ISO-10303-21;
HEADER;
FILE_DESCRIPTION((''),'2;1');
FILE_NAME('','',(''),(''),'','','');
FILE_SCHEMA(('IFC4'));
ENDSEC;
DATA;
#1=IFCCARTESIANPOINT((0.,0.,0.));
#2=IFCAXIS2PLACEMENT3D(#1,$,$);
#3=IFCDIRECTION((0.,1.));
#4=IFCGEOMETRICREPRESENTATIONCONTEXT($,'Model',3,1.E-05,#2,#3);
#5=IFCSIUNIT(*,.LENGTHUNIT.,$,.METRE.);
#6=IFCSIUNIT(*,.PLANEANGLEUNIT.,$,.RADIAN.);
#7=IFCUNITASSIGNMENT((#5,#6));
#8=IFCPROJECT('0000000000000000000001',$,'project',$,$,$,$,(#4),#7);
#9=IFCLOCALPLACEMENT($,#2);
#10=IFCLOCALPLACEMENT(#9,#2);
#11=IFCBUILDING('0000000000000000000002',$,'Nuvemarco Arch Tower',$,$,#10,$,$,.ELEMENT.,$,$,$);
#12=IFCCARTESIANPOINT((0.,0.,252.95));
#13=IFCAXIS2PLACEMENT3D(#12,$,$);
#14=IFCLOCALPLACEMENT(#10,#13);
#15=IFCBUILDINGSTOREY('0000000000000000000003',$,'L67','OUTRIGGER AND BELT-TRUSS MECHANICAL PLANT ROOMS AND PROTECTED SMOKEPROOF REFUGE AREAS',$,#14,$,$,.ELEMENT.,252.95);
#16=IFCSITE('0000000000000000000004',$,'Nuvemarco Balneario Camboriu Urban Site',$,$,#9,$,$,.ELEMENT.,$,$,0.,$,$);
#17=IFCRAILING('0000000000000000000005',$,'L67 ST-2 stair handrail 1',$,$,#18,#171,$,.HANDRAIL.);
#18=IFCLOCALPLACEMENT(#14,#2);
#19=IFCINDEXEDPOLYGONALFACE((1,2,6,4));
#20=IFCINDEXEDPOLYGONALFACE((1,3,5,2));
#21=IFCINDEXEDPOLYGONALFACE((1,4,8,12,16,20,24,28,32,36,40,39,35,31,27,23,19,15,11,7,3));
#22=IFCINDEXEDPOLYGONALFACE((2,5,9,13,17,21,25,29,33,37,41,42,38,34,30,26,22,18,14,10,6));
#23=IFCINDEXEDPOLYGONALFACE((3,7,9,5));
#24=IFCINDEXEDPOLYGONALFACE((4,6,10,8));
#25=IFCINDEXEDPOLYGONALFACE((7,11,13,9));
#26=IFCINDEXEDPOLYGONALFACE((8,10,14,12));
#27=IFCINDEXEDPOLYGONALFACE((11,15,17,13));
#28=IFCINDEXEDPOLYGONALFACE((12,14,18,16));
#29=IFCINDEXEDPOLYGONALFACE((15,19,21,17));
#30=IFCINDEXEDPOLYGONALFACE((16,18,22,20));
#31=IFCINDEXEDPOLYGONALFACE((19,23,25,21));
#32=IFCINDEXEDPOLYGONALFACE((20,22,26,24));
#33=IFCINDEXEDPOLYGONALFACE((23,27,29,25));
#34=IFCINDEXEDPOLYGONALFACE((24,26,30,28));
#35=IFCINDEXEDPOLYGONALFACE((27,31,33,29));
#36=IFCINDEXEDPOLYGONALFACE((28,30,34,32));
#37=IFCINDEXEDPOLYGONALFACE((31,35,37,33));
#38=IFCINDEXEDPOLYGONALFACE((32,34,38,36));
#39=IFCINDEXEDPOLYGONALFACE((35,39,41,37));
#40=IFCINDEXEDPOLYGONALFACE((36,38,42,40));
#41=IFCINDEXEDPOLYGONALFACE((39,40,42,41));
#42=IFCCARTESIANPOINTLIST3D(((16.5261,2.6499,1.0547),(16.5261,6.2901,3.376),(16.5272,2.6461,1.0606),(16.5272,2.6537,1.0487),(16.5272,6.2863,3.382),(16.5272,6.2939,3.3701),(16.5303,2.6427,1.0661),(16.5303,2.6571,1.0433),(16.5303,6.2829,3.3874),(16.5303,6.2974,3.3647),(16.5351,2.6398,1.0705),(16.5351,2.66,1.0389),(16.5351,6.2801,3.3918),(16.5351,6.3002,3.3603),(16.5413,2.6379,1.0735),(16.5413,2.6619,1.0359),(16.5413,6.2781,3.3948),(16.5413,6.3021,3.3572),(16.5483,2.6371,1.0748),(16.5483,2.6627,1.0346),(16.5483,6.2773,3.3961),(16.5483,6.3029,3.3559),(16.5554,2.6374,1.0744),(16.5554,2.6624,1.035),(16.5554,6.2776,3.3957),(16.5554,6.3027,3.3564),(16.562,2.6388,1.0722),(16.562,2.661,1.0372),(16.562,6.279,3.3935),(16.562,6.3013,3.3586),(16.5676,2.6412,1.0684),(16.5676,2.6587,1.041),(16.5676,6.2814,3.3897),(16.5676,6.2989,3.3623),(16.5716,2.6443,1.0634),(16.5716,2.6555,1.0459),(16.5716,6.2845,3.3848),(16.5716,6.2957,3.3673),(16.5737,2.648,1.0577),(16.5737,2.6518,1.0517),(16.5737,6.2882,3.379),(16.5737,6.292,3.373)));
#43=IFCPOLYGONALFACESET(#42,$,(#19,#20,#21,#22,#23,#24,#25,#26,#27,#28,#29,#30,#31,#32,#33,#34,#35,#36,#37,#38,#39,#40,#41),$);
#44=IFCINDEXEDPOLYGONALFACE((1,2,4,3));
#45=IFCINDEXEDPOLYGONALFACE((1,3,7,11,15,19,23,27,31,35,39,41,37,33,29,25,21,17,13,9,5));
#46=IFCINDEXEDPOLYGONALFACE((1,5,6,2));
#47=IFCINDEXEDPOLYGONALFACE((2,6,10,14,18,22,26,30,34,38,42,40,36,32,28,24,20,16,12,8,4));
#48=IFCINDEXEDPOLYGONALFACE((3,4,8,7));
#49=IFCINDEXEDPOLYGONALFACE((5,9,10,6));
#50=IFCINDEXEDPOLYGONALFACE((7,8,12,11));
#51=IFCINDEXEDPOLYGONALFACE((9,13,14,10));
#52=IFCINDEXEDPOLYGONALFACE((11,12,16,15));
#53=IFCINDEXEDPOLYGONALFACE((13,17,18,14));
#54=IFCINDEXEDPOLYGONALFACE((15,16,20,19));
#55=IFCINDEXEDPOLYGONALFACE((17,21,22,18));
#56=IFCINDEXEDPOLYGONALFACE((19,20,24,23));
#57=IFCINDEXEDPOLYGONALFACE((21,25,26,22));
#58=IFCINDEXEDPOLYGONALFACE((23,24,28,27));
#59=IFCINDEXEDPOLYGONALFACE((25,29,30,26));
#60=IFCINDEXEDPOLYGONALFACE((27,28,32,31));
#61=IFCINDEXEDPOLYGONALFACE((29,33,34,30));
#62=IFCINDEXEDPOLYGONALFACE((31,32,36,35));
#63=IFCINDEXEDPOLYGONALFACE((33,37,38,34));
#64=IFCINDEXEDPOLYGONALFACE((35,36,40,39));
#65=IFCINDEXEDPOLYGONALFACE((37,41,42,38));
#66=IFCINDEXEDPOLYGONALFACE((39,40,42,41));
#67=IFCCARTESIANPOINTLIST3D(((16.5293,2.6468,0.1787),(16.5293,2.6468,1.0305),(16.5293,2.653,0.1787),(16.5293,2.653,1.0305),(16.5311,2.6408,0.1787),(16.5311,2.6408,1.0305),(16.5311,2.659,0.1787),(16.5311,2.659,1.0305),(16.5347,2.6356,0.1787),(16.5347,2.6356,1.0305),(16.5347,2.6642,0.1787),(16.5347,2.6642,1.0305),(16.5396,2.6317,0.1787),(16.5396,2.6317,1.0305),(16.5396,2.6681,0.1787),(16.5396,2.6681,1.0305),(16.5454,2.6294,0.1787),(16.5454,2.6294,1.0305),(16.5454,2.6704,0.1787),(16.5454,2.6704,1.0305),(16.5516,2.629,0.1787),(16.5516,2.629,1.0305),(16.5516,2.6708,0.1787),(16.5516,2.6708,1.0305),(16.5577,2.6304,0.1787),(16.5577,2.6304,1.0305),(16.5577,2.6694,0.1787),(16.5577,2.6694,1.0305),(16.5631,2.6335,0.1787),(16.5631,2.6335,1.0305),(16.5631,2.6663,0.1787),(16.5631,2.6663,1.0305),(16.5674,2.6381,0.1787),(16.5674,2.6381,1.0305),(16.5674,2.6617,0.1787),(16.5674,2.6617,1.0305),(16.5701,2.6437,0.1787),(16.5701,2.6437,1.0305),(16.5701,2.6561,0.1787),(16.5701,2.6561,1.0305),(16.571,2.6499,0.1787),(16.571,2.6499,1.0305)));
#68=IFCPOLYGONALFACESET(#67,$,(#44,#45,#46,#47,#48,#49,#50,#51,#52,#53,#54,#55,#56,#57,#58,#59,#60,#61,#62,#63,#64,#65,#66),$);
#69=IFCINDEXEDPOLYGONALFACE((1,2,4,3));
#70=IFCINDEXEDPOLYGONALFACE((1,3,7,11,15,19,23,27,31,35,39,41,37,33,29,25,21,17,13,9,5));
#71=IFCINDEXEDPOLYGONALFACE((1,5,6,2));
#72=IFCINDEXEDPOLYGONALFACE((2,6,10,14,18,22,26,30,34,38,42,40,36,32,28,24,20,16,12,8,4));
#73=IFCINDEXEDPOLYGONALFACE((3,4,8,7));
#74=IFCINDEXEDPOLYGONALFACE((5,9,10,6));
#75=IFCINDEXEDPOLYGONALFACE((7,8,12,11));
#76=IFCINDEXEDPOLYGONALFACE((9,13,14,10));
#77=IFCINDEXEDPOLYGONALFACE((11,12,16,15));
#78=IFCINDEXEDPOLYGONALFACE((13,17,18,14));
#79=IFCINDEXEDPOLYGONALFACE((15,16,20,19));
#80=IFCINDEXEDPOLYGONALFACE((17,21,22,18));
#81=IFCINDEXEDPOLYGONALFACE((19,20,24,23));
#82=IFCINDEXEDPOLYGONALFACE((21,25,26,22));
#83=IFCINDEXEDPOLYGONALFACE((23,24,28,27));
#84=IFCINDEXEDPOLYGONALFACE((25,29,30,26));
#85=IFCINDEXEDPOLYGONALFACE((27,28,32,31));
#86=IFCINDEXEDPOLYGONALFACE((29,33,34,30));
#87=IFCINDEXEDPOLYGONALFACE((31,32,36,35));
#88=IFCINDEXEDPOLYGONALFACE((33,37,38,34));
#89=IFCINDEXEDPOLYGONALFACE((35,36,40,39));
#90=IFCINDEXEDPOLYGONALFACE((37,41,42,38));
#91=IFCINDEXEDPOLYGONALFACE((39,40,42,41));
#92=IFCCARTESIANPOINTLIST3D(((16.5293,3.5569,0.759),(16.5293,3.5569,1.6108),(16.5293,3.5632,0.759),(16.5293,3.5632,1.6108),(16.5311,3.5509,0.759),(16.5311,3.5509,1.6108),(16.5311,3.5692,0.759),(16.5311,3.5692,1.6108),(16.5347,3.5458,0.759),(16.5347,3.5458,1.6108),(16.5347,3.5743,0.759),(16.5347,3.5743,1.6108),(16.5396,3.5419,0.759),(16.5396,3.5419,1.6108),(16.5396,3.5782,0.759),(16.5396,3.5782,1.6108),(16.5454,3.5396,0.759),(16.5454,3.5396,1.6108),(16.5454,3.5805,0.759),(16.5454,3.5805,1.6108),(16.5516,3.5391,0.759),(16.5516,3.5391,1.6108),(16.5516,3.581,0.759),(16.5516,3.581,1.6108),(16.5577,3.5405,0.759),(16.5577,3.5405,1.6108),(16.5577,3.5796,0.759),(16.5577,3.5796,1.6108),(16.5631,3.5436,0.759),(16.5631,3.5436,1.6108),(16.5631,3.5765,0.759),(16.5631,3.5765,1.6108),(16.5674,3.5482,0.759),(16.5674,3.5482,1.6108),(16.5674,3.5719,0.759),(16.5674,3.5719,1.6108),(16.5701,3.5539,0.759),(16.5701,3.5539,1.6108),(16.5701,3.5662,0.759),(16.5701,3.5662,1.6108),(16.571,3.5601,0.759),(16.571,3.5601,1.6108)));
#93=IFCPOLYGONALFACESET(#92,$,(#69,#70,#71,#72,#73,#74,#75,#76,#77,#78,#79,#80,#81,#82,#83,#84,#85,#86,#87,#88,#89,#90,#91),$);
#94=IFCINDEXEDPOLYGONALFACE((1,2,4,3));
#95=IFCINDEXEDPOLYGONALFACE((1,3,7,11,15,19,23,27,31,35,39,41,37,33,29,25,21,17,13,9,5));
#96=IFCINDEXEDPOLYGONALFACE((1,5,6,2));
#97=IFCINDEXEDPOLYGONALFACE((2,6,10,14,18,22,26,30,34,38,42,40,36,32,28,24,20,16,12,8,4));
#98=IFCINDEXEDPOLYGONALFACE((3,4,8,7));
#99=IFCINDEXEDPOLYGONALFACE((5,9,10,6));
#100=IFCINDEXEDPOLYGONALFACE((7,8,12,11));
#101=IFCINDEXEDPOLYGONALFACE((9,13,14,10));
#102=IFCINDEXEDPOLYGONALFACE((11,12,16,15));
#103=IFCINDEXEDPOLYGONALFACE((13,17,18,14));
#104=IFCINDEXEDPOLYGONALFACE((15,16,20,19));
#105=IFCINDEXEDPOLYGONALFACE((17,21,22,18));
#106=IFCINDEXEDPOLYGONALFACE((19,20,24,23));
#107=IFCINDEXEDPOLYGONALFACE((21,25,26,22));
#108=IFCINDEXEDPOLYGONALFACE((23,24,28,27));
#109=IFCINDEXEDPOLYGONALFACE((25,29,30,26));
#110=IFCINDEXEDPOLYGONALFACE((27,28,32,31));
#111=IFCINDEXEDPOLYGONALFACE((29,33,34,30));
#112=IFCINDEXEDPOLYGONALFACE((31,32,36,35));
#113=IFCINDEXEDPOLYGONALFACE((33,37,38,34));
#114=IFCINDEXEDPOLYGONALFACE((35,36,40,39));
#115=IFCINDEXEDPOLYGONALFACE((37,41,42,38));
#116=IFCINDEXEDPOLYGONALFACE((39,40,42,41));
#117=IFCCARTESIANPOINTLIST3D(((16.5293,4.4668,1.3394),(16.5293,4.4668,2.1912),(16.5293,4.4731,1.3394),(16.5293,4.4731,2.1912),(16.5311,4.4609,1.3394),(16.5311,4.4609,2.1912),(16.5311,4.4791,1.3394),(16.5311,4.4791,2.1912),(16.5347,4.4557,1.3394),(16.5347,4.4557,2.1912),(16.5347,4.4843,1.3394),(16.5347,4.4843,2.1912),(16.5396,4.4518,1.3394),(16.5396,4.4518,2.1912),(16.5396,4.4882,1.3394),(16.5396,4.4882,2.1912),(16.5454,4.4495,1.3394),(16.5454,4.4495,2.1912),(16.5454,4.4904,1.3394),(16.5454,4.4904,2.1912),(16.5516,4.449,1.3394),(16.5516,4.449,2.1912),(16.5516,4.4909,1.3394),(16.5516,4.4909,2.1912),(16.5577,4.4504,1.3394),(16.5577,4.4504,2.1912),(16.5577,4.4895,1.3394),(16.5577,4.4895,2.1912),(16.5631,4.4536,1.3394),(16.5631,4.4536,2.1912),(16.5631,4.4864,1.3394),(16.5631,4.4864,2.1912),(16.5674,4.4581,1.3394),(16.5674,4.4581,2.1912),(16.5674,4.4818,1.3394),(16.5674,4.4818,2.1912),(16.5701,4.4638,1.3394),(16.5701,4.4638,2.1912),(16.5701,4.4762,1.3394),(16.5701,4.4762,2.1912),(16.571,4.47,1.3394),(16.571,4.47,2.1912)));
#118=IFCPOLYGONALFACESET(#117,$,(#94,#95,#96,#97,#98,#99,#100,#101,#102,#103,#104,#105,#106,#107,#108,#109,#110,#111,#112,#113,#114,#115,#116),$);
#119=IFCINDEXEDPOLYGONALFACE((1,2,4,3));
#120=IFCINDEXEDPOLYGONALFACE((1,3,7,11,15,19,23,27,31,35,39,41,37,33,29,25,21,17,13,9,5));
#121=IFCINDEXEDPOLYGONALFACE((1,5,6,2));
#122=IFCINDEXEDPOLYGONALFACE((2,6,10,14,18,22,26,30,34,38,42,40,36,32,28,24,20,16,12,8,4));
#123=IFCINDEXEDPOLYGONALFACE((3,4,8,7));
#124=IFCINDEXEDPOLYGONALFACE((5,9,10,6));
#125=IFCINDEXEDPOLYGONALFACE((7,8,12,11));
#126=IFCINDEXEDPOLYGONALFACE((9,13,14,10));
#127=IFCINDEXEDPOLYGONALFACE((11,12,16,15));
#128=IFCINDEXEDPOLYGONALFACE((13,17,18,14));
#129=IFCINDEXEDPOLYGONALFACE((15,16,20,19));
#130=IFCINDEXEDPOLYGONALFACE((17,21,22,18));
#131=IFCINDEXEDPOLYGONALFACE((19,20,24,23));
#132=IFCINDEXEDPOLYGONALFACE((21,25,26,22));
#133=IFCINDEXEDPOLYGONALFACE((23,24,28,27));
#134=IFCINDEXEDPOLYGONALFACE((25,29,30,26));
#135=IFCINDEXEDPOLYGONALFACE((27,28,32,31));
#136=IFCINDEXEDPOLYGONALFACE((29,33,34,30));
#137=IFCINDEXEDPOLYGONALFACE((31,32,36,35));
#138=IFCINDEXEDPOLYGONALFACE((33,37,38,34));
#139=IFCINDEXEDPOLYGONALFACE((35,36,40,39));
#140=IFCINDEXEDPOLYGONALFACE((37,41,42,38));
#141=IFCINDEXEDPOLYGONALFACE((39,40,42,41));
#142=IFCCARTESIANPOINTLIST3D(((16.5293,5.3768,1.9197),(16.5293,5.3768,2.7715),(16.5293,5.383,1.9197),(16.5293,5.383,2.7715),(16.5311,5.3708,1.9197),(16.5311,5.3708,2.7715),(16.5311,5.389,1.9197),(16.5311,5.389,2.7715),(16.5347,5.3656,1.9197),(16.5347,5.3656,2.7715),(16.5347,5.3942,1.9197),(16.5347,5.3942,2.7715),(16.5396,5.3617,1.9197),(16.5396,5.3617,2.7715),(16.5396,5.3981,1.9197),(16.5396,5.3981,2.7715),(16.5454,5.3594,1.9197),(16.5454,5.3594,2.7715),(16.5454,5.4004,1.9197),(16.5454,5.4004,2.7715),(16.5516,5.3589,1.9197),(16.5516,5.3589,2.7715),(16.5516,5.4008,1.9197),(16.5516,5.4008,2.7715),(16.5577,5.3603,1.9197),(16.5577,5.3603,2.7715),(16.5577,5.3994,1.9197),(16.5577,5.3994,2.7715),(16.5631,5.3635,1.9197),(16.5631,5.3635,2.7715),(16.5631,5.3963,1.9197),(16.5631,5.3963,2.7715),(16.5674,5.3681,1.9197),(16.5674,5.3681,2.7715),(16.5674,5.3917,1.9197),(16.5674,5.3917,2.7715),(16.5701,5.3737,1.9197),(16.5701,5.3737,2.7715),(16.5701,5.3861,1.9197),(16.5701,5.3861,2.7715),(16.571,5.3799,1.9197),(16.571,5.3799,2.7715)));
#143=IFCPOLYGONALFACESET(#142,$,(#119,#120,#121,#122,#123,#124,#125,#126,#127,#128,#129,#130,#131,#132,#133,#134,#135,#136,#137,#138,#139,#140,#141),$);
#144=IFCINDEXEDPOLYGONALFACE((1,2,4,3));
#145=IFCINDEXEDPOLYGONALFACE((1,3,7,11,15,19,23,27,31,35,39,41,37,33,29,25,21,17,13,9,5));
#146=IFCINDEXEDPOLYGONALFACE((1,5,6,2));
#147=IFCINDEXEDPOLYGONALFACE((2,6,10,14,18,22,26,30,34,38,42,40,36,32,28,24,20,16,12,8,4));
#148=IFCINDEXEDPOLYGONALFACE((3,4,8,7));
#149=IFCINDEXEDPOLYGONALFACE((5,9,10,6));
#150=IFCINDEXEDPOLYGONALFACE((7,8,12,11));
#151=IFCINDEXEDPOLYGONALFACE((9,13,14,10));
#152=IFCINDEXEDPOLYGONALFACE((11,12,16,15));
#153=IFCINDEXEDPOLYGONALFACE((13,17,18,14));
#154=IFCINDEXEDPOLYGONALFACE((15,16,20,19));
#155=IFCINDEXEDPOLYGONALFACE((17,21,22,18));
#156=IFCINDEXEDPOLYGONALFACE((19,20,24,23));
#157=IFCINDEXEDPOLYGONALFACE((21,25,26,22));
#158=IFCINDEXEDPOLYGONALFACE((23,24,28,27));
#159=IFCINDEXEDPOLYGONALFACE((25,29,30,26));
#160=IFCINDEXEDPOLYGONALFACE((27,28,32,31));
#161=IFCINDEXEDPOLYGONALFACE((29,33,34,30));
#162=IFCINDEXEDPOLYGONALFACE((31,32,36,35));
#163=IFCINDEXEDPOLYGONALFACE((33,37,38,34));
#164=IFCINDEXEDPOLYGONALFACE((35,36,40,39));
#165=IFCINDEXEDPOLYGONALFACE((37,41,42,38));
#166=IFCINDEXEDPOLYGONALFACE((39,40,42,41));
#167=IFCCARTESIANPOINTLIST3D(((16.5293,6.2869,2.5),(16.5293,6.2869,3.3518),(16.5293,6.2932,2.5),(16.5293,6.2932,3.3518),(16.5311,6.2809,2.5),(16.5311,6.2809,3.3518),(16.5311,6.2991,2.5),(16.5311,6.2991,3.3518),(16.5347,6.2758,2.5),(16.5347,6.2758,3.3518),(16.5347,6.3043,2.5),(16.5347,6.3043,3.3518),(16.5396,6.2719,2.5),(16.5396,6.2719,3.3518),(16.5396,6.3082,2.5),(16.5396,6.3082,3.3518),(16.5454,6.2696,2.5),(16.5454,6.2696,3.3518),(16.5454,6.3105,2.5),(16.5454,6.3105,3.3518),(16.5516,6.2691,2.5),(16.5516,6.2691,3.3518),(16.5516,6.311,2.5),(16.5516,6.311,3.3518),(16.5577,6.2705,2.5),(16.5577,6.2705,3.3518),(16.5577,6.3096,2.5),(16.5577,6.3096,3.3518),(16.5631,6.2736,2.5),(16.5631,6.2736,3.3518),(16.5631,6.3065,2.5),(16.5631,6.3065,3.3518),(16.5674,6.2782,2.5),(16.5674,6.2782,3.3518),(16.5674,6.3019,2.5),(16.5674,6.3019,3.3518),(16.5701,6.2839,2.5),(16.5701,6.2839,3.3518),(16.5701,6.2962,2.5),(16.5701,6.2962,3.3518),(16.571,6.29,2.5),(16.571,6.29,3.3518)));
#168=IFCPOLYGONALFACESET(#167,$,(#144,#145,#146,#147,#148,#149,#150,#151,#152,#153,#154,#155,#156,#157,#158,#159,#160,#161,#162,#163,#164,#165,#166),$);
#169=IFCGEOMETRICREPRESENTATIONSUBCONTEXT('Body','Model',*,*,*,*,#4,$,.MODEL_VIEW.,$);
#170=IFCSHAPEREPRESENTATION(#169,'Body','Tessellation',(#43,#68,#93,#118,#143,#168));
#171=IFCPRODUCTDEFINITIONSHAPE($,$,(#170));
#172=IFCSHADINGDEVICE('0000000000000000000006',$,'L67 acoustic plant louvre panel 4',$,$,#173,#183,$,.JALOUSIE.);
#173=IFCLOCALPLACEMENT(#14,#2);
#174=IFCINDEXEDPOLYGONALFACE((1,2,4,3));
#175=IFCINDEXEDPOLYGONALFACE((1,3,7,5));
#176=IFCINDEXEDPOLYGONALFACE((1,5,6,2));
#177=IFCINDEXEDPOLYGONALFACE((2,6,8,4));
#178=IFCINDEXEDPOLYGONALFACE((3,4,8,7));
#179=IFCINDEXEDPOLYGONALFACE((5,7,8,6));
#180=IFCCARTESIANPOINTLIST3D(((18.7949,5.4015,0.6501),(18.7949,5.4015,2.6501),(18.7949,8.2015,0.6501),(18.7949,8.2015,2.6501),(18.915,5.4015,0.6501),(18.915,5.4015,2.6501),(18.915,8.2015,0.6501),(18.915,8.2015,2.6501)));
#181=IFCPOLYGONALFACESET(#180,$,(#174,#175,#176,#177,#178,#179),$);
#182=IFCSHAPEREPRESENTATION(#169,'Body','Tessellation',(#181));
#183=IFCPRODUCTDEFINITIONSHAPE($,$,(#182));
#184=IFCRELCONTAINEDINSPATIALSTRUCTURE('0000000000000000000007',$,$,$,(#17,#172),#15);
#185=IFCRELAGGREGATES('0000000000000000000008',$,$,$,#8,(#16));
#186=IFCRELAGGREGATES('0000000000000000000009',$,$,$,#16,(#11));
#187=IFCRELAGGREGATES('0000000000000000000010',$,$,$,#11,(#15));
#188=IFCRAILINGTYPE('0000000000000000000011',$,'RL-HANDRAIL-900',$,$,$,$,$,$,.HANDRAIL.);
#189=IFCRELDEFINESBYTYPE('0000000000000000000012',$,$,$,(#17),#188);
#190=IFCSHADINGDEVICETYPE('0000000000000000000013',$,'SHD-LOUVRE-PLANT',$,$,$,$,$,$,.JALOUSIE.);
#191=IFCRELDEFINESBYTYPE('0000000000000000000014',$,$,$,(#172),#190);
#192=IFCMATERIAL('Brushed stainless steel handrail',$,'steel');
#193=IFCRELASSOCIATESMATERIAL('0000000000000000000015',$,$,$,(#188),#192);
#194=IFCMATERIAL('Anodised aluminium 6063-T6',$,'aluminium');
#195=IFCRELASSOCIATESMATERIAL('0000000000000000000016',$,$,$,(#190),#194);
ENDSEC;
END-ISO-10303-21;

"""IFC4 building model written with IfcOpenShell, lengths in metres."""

from ifc_helpers import new_model, si_unit, direction, frame, origin, origin_2d, place, context, subcontext, project, spatial, rectangle, circle, extrude, source, transform, mapped, material, type_object, type_shapes, element, save


model = new_model("IFC4")

# Units and contexts
model_context = context("Model", 3, precision=1e-05, world=origin(), true_north=direction((0.0, 1.0)))
body_context = subcontext(model_context, "Body", "Model", "MODEL_VIEW")
ifc_project = project(units=[si_unit("LENGTHUNIT", "METRE"), si_unit("PLANEANGLEUNIT", "RADIAN")], contexts=[model_context])

# Site, building, storey
site_placement = place(None, origin())
site = spatial("IfcSite", under=ifc_project, at=site_placement, Name="Nuvemarco Balneario Camboriu Urban Site", CompositionType="ELEMENT", RefElevation=0.0)
building_placement = place(site_placement, origin())
building = spatial("IfcBuilding", under=site, at=building_placement, Name="Nuvemarco Arch Tower", CompositionType="ELEMENT")
storey_placement = place(building_placement, frame((0.0, 0.0, 252.95)))
storey = spatial("IfcBuildingStorey", under=building, at=storey_placement, Name="L67", Description="OUTRIGGER AND BELT-TRUSS MECHANICAL PLANT ROOMS AND PROTECTED SMOKEPROOF REFUGE AREAS", CompositionType="ELEMENT", Elevation=252.95)

# Railing
ifc_material_1 = material(Name="Brushed stainless steel handrail", Category="steel")
railing_type = type_object("IfcRailingType", Name="RL-HANDRAIL-900", PredefinedType="HANDRAIL", material=ifc_material_1)
railing_placement = place(storey_placement, frame((16.55, 2.6499, 0.1787)))
element("IfcRailing", 1, at=railing_placement, inside=storey, type_object=railing_type, Name="L67 ST-2 stair handrail 1", PredefinedType="HANDRAIL", context=body_context, shape_type="SweptSolid", body=[
    extrude(circle(Radius=0.0239, at=origin_2d()), frame((0.0, 0.0, 0.876), z_axis=(0.0, 0.843153, 0.537673), x_axis=(-1.0, 0.0, 0.0)), (0.0, 0.0, 1.0), 4.3174),
    extrude(circle(Radius=0.021, at=origin_2d()), origin(), (0.0, 0.0, 1.0), 0.8518),
    extrude(circle(Radius=0.021, at=origin_2d()), frame((0.0, 0.9102, 0.5803)), (0.0, 0.0, 1.0), 0.8518),
    extrude(circle(Radius=0.021, at=origin_2d()), frame((0.0, 1.8201, 1.1606)), (0.0, 0.0, 1.0), 0.8518),
    extrude(circle(Radius=0.021, at=origin_2d()), frame((0.0, 2.73, 1.741)), (0.0, 0.0, 1.0), 0.8518),
    extrude(circle(Radius=0.021, at=origin_2d()), frame((0.0, 3.6401, 2.3213)), (0.0, 0.0, 1.0), 0.8518),
])

# Shading device
ifc_material_2 = material(Name="Anodised aluminium 6063-T6", Category="aluminium")
shading_device_type = type_object("IfcShadingDeviceType", Name="SHD-LOUVRE-PLANT", PredefinedType="JALOUSIE", material=ifc_material_2)
shared_shape_1 = source(origin(), body_context, "Body", "SweptSolid", [
    extrude(rectangle(XDim=2.8, YDim=0.1201, at=origin_2d()), origin(), (0.0, 0.0, 1.0), 2.0),
])
type_shapes(shading_device_type, [shared_shape_1])
shading_device_placement = place(storey_placement, frame((18.855, 6.8015, 0.6501), z_axis=(0.0, 0.0, 1.0), x_axis=(0.0, 1.0, 0.0)))
element("IfcShadingDevice", 2, at=shading_device_placement, inside=storey, type_object=shading_device_type, Name="L67 acoustic plant louvre panel 4", PredefinedType="JALOUSIE", context=body_context, shape_type="MappedRepresentation", body=[
    mapped(shared_shape_1, transform((0.0, 0.0, 0.0), scale=1.0)),
])

save(model, "model.ifc")
